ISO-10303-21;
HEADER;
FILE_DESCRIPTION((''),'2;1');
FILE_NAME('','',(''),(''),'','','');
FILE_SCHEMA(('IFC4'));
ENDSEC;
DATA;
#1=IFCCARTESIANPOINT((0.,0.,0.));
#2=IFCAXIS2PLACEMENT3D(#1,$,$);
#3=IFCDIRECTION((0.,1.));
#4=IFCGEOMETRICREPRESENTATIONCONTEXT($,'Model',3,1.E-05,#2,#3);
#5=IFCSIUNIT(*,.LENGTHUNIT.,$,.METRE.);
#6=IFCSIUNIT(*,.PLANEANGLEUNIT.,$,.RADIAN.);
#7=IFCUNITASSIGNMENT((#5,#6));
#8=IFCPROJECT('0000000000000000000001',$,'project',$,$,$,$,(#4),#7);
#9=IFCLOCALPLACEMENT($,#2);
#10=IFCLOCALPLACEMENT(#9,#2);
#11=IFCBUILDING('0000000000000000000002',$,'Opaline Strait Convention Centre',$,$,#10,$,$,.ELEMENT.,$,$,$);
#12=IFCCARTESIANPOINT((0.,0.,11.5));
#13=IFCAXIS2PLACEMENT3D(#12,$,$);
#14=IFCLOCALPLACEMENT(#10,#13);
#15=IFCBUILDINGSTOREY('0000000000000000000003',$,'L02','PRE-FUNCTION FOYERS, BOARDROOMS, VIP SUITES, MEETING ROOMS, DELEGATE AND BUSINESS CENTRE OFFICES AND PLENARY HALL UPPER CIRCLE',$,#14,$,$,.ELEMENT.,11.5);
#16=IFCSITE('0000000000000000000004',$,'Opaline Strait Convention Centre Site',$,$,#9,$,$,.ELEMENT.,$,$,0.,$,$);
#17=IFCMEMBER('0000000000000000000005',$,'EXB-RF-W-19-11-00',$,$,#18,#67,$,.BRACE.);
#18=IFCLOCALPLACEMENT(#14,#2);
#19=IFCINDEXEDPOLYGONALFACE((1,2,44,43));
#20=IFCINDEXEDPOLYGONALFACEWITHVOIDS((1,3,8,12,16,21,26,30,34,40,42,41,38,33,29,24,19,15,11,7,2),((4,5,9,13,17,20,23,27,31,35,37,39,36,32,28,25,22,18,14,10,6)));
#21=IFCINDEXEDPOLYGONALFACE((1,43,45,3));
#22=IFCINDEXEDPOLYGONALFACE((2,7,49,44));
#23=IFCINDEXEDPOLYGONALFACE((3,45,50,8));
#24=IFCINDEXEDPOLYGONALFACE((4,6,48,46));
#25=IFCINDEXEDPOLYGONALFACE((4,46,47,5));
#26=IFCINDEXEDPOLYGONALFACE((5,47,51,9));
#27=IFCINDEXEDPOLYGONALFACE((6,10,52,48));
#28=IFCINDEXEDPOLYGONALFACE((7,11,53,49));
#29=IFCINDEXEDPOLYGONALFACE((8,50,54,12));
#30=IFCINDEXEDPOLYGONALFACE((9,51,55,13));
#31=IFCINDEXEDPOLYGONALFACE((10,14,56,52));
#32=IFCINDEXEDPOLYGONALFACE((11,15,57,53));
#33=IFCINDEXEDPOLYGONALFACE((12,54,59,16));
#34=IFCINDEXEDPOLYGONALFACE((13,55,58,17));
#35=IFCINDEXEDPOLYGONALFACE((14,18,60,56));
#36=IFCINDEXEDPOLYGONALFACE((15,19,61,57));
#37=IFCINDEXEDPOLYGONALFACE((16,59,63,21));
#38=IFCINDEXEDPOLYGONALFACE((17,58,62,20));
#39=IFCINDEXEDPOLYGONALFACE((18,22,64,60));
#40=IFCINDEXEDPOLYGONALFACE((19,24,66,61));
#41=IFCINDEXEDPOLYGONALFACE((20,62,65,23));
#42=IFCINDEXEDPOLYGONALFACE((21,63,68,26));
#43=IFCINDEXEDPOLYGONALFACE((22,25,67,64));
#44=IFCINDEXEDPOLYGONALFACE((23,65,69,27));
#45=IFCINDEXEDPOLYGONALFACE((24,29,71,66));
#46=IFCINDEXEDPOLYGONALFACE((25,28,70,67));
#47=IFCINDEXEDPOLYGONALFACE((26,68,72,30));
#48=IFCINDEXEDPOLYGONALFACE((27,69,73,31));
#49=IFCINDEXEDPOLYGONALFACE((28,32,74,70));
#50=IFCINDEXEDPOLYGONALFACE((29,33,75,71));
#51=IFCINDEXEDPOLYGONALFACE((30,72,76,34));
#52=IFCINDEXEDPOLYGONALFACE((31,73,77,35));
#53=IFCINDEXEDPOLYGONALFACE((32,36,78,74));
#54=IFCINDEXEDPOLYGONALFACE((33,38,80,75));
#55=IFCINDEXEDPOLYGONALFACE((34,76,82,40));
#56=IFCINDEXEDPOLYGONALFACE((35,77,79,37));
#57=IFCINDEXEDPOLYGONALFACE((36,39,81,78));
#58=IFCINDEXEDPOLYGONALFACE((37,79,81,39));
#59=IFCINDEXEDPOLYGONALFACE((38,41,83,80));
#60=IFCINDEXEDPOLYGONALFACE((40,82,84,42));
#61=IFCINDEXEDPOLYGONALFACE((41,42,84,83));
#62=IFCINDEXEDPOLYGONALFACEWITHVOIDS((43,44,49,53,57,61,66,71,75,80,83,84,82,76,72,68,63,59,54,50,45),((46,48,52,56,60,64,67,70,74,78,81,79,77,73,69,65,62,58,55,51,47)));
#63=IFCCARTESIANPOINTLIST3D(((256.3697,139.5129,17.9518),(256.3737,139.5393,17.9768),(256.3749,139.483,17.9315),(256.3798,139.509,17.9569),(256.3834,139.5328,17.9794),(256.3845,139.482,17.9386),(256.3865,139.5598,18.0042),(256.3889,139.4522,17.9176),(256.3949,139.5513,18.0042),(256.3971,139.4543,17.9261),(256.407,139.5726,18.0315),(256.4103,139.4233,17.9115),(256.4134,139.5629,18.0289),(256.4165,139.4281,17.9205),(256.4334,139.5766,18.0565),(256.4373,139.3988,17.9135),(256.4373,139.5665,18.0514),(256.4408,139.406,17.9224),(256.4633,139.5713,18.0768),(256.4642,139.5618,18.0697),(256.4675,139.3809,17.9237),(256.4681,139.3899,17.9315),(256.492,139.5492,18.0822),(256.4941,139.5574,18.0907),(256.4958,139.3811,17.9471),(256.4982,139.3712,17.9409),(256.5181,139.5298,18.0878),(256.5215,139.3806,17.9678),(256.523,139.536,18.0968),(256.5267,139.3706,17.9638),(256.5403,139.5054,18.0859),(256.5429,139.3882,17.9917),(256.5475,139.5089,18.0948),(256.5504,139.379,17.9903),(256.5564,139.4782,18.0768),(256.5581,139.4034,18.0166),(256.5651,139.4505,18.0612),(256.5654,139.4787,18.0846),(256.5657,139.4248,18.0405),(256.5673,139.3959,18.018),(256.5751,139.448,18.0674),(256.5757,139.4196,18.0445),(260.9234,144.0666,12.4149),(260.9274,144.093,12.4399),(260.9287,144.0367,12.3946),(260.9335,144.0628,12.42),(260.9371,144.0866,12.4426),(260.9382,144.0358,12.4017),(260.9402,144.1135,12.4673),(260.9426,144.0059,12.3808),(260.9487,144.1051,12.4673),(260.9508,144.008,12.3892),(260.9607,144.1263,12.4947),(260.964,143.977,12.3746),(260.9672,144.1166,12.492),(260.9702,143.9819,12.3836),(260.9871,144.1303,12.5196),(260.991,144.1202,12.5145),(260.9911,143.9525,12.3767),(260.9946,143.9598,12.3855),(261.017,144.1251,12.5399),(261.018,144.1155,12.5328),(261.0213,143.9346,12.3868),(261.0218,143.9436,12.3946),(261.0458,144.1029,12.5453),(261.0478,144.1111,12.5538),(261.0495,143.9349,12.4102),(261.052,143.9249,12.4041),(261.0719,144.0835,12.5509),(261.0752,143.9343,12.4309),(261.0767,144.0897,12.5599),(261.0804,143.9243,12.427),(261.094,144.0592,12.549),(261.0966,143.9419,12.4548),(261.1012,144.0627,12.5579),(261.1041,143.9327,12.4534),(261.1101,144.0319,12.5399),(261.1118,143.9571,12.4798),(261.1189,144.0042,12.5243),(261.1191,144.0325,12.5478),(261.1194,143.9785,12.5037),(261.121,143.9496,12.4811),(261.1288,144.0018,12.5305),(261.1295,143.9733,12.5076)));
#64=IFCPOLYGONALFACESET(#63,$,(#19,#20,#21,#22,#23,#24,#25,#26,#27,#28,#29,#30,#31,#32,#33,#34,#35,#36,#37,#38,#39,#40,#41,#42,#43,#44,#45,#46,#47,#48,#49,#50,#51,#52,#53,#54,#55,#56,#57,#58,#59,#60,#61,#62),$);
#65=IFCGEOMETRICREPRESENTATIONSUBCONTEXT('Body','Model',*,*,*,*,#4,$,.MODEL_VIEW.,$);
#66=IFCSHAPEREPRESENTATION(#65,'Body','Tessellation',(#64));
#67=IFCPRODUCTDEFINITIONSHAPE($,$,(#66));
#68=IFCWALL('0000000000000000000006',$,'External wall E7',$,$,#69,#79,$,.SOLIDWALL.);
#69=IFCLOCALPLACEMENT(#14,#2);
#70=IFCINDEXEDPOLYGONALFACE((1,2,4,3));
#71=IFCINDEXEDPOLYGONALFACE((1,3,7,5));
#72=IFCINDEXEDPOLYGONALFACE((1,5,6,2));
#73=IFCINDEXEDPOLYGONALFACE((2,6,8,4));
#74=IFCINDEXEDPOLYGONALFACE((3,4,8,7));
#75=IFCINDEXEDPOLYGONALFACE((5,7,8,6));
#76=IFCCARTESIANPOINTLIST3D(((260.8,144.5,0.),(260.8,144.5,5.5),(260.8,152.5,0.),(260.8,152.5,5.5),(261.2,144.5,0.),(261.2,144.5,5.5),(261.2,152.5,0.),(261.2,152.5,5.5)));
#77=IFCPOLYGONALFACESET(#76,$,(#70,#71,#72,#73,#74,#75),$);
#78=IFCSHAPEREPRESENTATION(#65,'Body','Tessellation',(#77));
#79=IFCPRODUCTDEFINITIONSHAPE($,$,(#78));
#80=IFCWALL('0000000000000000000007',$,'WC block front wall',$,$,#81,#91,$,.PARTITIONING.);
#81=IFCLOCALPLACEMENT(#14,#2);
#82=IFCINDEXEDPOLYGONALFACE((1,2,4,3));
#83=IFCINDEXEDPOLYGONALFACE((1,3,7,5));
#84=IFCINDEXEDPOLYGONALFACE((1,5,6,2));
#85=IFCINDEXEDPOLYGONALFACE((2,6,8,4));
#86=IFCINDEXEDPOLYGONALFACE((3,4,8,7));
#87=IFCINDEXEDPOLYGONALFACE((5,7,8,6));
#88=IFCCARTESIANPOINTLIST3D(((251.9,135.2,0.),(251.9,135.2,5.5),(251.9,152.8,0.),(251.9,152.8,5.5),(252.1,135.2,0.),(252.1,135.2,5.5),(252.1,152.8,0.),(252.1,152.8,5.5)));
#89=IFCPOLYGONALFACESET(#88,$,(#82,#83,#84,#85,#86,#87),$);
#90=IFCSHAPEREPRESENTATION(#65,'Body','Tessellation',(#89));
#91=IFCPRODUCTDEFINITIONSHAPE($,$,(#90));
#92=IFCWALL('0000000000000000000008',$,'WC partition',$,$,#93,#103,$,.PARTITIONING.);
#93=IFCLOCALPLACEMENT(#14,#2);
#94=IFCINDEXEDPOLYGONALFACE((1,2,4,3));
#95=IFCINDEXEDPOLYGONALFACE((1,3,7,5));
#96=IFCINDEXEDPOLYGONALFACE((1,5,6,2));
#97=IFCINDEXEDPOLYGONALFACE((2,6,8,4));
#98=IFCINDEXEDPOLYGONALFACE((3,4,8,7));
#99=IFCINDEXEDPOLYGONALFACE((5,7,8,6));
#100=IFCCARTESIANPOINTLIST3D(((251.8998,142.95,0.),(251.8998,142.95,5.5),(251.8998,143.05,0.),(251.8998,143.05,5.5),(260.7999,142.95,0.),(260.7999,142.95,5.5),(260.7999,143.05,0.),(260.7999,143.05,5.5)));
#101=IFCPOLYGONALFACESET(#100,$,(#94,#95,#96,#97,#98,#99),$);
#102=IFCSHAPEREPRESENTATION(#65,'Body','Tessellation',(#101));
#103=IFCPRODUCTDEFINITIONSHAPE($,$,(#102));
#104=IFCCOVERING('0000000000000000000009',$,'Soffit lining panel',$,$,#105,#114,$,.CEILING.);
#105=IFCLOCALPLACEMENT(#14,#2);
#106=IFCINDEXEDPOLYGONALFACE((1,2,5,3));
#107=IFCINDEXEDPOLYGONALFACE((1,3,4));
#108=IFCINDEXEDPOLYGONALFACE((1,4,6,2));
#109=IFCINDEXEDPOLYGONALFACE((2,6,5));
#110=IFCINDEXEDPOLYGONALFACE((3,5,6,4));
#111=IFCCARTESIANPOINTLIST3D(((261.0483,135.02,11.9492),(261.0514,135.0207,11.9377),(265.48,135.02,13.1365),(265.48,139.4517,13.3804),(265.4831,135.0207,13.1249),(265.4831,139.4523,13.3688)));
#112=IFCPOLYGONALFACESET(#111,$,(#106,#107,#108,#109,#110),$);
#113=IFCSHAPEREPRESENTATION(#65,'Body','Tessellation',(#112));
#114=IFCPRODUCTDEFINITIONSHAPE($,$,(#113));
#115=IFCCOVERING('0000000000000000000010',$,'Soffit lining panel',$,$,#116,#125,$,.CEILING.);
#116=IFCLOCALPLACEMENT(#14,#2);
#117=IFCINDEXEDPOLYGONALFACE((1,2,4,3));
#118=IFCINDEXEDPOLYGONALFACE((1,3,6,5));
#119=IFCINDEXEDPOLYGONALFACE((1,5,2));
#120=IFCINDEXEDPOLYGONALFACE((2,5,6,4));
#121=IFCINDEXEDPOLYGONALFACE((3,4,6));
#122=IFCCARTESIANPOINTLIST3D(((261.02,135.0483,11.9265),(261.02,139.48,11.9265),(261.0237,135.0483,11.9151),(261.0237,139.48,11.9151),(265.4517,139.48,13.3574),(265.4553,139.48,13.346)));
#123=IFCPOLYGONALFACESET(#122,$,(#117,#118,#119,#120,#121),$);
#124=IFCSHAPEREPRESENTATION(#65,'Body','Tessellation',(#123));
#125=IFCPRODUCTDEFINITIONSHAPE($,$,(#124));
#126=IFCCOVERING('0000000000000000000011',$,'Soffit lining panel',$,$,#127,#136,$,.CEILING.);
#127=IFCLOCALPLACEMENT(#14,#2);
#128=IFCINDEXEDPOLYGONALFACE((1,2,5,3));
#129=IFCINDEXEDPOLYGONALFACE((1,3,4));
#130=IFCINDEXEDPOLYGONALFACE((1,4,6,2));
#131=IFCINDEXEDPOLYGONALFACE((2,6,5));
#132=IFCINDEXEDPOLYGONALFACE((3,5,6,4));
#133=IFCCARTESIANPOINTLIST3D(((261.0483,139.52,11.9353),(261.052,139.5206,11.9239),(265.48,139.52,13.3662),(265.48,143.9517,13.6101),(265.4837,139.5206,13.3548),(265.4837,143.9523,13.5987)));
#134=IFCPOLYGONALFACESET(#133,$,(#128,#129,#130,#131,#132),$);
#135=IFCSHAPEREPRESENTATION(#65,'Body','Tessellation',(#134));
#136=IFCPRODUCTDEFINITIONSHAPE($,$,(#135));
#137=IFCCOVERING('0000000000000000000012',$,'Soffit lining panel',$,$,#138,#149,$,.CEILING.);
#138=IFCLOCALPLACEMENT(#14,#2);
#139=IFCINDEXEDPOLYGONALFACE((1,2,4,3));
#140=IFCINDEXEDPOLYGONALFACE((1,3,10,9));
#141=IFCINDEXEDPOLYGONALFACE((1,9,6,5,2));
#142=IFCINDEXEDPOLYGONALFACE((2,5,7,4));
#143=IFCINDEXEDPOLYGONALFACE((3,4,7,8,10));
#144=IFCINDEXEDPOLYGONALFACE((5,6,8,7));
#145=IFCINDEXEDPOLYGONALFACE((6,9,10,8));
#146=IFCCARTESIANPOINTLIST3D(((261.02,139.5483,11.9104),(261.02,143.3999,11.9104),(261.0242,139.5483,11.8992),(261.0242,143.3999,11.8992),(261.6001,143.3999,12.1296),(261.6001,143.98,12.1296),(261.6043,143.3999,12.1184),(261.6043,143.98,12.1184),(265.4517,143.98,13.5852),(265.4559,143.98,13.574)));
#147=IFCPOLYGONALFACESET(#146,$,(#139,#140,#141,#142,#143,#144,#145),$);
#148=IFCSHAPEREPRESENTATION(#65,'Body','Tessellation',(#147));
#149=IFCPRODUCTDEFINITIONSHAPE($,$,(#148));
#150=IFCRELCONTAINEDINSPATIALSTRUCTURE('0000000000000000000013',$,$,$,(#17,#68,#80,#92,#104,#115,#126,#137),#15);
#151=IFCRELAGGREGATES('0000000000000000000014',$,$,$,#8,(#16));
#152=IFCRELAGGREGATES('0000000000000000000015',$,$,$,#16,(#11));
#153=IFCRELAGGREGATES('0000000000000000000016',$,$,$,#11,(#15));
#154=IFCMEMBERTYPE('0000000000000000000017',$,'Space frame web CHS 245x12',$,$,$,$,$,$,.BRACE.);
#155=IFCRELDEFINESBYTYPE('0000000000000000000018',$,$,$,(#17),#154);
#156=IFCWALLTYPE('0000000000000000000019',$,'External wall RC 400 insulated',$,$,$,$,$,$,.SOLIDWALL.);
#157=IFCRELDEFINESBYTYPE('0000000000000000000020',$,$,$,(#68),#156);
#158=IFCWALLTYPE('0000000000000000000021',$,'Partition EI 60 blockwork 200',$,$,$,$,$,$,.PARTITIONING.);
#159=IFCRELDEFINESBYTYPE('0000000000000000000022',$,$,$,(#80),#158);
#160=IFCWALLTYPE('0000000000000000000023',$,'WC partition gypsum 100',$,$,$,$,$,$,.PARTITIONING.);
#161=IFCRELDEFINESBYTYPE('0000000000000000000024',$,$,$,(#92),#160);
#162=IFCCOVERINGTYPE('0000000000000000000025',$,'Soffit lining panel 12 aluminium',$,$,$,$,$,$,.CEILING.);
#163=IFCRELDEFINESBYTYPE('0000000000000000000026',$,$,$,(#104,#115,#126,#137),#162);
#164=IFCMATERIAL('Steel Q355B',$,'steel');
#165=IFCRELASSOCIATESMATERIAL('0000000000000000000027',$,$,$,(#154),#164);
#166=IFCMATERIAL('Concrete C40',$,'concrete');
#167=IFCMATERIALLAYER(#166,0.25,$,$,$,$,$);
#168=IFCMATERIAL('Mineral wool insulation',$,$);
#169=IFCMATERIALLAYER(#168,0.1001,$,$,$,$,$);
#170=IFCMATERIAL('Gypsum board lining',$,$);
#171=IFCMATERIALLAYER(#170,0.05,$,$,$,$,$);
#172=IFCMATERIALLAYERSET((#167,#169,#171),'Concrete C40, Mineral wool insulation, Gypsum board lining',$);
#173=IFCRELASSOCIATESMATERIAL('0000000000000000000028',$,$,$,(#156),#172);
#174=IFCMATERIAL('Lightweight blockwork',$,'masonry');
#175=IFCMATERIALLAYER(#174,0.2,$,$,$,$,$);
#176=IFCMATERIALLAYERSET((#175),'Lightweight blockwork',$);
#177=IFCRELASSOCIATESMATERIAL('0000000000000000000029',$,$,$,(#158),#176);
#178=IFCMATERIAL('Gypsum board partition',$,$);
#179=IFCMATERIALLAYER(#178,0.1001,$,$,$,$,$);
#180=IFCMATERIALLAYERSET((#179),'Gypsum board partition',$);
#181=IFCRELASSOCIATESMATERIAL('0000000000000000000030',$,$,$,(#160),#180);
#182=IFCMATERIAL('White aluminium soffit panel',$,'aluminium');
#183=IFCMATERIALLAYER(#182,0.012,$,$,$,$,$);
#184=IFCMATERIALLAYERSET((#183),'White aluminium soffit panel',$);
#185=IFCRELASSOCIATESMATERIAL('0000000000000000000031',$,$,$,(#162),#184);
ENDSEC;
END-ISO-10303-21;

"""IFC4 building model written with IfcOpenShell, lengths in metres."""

from ifc_helpers import new_model, si_unit, direction, frame, frame_2d, origin, origin_2d, place, context, subcontext, project, spatial, polyline, rectangle, hollow_circle, outline, extrude, material, layer, layer_set, material_profile, profile_set, type_object, element, save


model = new_model("IFC4")

# Units and contexts
model_context = context("Model", 3, precision=1e-05, world=origin(), true_north=direction((0.0, 1.0)))
body_context = subcontext(model_context, "Body", "Model", "MODEL_VIEW")
ifc_project = project(units=[si_unit("LENGTHUNIT", "METRE"), si_unit("PLANEANGLEUNIT", "RADIAN")], contexts=[model_context])

# Site, building, storey
site_placement = place(None, origin())
site = spatial("IfcSite", under=ifc_project, at=site_placement, Name="Opaline Strait Convention Centre Site", CompositionType="ELEMENT", RefElevation=0.0)
building_placement = place(site_placement, origin())
building = spatial("IfcBuilding", under=site, at=building_placement, Name="Opaline Strait Convention Centre", CompositionType="ELEMENT")
storey_placement = place(building_placement, frame((0.0, 0.0, 11.5)))
storey = spatial("IfcBuildingStorey", under=building, at=storey_placement, Name="L02", Description="PRE-FUNCTION FOYERS, BOARDROOMS, VIP SUITES, MEETING ROOMS, DELEGATE AND BUSINESS CENTRE OFFICES AND PLENARY HALL UPPER CIRCLE", CompositionType="ELEMENT", Elevation=11.5)

# Shared definitions
ifc_material_1 = material(Name="Steel Q355B", Category="steel")

# Member
ifc_material_profile_1 = material_profile(ifc_material_1, hollow_circle(Radius=0.1226, WallThickness=0.012, at=origin_2d()), Name="CHS 245x12")
ifc_profile_set_1 = profile_set([ifc_material_profile_1], Name="Steel Q355B")
member_type_1 = type_object("IfcMemberType", Name="Space frame web CHS 245x12", PredefinedType="BRACE", material=ifc_profile_set_1)
for number, where, z_axis, x_axis, name in (
    (1, (256.4731, 139.4731, 18.0042), (0.536178, 0.536178, -0.65194), (-0.707107, 0.707107, 0.0), "EXB-RF-W-19-11-00"),
):
    element("IfcMember", number, at=place(storey_placement, frame(where, z_axis=z_axis, x_axis=x_axis)), inside=storey, type_object=member_type_1, Name=name, PredefinedType="BRACE", context=body_context, shape_type="SweptSolid", body=[
        extrude(hollow_circle(Radius=0.1226, WallThickness=0.012, at=origin_2d()), origin(), (0.0, 0.0, 1.0), 8.4929),
    ])

# Walls
ifc_material_2 = material(Name="Concrete C40", Category="concrete")
ifc_layer_1 = layer(ifc_material_2, 0.25)
ifc_material_3 = material(Name="Mineral wool insulation")
ifc_layer_2 = layer(ifc_material_3, 0.1001)
ifc_material_4 = material(Name="Gypsum board lining")
ifc_layer_3 = layer(ifc_material_4, 0.05)
ifc_layer_set_1 = layer_set([ifc_layer_1, ifc_layer_2, ifc_layer_3], Name="Concrete C40, Mineral wool insulation, Gypsum board lining")
wall_type_1 = type_object("IfcWallType", Name="External wall RC 400 insulated", PredefinedType="SOLIDWALL", material=ifc_layer_set_1)
wall_1_placement = place(storey_placement, frame((261.0, 144.5, 0.0), z_axis=(0.0, 0.0, 1.0), x_axis=(0.0, 1.0, 0.0)))
element("IfcWall", 2, at=wall_1_placement, inside=storey, type_object=wall_type_1, Name="External wall E7", PredefinedType="SOLIDWALL", context=body_context, shape_type="SweptSolid", body=[
    extrude(rectangle(XDim=8.0, YDim=0.3999, at=frame_2d((4.0, 0.0))), origin(), (0.0, 0.0, 1.0), 5.5),
])
ifc_material_5 = material(Name="Lightweight blockwork", Category="masonry")
ifc_layer_4 = layer(ifc_material_5, 0.2)
ifc_layer_set_2 = layer_set([ifc_layer_4], Name="Lightweight blockwork")
wall_type_2 = type_object("IfcWallType", Name="Partition EI 60 blockwork 200", PredefinedType="PARTITIONING", material=ifc_layer_set_2)
wall_2_placement = place(storey_placement, frame((252.0, 135.2, 0.0), z_axis=(0.0, 0.0, 1.0), x_axis=(0.0, 1.0, 0.0)))
element("IfcWall", 3, at=wall_2_placement, inside=storey, type_object=wall_type_2, Name="WC block front wall", PredefinedType="PARTITIONING", context=body_context, shape_type="SweptSolid", body=[
    extrude(rectangle(XDim=17.6001, YDim=0.2, at=frame_2d((8.8, 0.0))), origin(), (0.0, 0.0, 1.0), 5.5),
])
ifc_material_6 = material(Name="Gypsum board partition")
ifc_layer_5 = layer(ifc_material_6, 0.1001)
ifc_layer_set_3 = layer_set([ifc_layer_5], Name="Gypsum board partition")
wall_type_3 = type_object("IfcWallType", Name="WC partition gypsum 100", PredefinedType="PARTITIONING", material=ifc_layer_set_3)
wall_3_placement = place(storey_placement, frame((260.8, 143.0, 0.0), z_axis=(0.0, 0.0, 1.0), x_axis=(-1.0, 0.0, 0.0)))
element("IfcWall", 4, at=wall_3_placement, inside=storey, type_object=wall_type_3, Name="WC partition", PredefinedType="PARTITIONING", context=body_context, shape_type="SweptSolid", body=[
    extrude(rectangle(XDim=8.9001, YDim=0.1001, at=frame_2d((4.4502, 0.0))), origin(), (0.0, 0.0, 1.0), 5.5),
])

# Coverings
ifc_material_7 = material(Name="White aluminium soffit panel", Category="aluminium")
ifc_layer_6 = layer(ifc_material_7, 0.012)
ifc_layer_set_4 = layer_set([ifc_layer_6], Name="White aluminium soffit panel")
covering_type = type_object("IfcCoveringType", Name="Soffit lining panel 12 aluminium", PredefinedType="CEILING", material=ifc_layer_set_4)
covering_1_placement = place(storey_placement, frame((261.0483, 135.02, 11.9492), z_axis=(-0.258414, -0.053086, 0.964575), x_axis=(0.689362, 0.689362, 0.222622)))
element("IfcCovering", 5, at=covering_1_placement, inside=storey, type_object=covering_type, Name="Soffit lining panel", PredefinedType="CEILING", context=body_context, shape_type="SweptSolid", body=[
    extrude(outline(polyline([(0.0, 0.0), (6.4286, 0.0), (3.3193, -3.1672), (0.0, 0.0)])), origin(), (0.0, 0.0, -1.0), 0.012),
])
covering_2_placement = place(storey_placement, frame((261.02, 135.0483, 11.9265), z_axis=(-0.307265, 0.0, 0.951624), x_axis=(0.0, 1.0, 0.0)))
element("IfcCovering", 6, at=covering_2_placement, inside=storey, type_object=covering_type, Name="Soffit lining panel", PredefinedType="CEILING", context=body_context, shape_type="SweptSolid", body=[
    extrude(outline(polyline([(0.0, 0.0), (4.4316, 0.0), (4.4316, -4.6569), (0.0, 0.0)])), origin(), (0.0, 0.0, -1.0), 0.012),
])
covering_3_placement = place(storey_placement, frame((261.0483, 139.52, 11.9353), z_axis=(-0.306844, -0.052301, 0.950322), x_axis=(0.683135, 0.683135, 0.25817)))
element("IfcCovering", 7, at=covering_3_placement, inside=storey, type_object=covering_type, Name="Soffit lining panel", PredefinedType="CEILING", context=body_context, shape_type="SweptSolid", body=[
    extrude(outline(polyline([(0.0, 0.0), (6.4872, 0.0), (3.3968, -3.1857), (0.0, 0.0)])), origin(), (0.0, 0.0, -1.0), 0.012),
])
covering_4_placement = place(storey_placement, frame((261.02, 139.5483, 11.9104), z_axis=(-0.353516, -0.000003, 0.935428), x_axis=(-0.000001, 1.0, 0.000003)))
element("IfcCovering", 8, at=covering_4_placement, inside=storey, type_object=covering_type, Name="Soffit lining panel", PredefinedType="CEILING", context=body_context, shape_type="SweptSolid", body=[
    extrude(outline(polyline([(0.0, 0.0), (3.8516, 0.0), (3.8516, -0.6201), (4.4316, -0.6201), (4.4316, -4.7376), (0.0, 0.0)])), origin(), (0.0, 0.0, -1.0), 0.012),
])

save(model, "model.ifc")
